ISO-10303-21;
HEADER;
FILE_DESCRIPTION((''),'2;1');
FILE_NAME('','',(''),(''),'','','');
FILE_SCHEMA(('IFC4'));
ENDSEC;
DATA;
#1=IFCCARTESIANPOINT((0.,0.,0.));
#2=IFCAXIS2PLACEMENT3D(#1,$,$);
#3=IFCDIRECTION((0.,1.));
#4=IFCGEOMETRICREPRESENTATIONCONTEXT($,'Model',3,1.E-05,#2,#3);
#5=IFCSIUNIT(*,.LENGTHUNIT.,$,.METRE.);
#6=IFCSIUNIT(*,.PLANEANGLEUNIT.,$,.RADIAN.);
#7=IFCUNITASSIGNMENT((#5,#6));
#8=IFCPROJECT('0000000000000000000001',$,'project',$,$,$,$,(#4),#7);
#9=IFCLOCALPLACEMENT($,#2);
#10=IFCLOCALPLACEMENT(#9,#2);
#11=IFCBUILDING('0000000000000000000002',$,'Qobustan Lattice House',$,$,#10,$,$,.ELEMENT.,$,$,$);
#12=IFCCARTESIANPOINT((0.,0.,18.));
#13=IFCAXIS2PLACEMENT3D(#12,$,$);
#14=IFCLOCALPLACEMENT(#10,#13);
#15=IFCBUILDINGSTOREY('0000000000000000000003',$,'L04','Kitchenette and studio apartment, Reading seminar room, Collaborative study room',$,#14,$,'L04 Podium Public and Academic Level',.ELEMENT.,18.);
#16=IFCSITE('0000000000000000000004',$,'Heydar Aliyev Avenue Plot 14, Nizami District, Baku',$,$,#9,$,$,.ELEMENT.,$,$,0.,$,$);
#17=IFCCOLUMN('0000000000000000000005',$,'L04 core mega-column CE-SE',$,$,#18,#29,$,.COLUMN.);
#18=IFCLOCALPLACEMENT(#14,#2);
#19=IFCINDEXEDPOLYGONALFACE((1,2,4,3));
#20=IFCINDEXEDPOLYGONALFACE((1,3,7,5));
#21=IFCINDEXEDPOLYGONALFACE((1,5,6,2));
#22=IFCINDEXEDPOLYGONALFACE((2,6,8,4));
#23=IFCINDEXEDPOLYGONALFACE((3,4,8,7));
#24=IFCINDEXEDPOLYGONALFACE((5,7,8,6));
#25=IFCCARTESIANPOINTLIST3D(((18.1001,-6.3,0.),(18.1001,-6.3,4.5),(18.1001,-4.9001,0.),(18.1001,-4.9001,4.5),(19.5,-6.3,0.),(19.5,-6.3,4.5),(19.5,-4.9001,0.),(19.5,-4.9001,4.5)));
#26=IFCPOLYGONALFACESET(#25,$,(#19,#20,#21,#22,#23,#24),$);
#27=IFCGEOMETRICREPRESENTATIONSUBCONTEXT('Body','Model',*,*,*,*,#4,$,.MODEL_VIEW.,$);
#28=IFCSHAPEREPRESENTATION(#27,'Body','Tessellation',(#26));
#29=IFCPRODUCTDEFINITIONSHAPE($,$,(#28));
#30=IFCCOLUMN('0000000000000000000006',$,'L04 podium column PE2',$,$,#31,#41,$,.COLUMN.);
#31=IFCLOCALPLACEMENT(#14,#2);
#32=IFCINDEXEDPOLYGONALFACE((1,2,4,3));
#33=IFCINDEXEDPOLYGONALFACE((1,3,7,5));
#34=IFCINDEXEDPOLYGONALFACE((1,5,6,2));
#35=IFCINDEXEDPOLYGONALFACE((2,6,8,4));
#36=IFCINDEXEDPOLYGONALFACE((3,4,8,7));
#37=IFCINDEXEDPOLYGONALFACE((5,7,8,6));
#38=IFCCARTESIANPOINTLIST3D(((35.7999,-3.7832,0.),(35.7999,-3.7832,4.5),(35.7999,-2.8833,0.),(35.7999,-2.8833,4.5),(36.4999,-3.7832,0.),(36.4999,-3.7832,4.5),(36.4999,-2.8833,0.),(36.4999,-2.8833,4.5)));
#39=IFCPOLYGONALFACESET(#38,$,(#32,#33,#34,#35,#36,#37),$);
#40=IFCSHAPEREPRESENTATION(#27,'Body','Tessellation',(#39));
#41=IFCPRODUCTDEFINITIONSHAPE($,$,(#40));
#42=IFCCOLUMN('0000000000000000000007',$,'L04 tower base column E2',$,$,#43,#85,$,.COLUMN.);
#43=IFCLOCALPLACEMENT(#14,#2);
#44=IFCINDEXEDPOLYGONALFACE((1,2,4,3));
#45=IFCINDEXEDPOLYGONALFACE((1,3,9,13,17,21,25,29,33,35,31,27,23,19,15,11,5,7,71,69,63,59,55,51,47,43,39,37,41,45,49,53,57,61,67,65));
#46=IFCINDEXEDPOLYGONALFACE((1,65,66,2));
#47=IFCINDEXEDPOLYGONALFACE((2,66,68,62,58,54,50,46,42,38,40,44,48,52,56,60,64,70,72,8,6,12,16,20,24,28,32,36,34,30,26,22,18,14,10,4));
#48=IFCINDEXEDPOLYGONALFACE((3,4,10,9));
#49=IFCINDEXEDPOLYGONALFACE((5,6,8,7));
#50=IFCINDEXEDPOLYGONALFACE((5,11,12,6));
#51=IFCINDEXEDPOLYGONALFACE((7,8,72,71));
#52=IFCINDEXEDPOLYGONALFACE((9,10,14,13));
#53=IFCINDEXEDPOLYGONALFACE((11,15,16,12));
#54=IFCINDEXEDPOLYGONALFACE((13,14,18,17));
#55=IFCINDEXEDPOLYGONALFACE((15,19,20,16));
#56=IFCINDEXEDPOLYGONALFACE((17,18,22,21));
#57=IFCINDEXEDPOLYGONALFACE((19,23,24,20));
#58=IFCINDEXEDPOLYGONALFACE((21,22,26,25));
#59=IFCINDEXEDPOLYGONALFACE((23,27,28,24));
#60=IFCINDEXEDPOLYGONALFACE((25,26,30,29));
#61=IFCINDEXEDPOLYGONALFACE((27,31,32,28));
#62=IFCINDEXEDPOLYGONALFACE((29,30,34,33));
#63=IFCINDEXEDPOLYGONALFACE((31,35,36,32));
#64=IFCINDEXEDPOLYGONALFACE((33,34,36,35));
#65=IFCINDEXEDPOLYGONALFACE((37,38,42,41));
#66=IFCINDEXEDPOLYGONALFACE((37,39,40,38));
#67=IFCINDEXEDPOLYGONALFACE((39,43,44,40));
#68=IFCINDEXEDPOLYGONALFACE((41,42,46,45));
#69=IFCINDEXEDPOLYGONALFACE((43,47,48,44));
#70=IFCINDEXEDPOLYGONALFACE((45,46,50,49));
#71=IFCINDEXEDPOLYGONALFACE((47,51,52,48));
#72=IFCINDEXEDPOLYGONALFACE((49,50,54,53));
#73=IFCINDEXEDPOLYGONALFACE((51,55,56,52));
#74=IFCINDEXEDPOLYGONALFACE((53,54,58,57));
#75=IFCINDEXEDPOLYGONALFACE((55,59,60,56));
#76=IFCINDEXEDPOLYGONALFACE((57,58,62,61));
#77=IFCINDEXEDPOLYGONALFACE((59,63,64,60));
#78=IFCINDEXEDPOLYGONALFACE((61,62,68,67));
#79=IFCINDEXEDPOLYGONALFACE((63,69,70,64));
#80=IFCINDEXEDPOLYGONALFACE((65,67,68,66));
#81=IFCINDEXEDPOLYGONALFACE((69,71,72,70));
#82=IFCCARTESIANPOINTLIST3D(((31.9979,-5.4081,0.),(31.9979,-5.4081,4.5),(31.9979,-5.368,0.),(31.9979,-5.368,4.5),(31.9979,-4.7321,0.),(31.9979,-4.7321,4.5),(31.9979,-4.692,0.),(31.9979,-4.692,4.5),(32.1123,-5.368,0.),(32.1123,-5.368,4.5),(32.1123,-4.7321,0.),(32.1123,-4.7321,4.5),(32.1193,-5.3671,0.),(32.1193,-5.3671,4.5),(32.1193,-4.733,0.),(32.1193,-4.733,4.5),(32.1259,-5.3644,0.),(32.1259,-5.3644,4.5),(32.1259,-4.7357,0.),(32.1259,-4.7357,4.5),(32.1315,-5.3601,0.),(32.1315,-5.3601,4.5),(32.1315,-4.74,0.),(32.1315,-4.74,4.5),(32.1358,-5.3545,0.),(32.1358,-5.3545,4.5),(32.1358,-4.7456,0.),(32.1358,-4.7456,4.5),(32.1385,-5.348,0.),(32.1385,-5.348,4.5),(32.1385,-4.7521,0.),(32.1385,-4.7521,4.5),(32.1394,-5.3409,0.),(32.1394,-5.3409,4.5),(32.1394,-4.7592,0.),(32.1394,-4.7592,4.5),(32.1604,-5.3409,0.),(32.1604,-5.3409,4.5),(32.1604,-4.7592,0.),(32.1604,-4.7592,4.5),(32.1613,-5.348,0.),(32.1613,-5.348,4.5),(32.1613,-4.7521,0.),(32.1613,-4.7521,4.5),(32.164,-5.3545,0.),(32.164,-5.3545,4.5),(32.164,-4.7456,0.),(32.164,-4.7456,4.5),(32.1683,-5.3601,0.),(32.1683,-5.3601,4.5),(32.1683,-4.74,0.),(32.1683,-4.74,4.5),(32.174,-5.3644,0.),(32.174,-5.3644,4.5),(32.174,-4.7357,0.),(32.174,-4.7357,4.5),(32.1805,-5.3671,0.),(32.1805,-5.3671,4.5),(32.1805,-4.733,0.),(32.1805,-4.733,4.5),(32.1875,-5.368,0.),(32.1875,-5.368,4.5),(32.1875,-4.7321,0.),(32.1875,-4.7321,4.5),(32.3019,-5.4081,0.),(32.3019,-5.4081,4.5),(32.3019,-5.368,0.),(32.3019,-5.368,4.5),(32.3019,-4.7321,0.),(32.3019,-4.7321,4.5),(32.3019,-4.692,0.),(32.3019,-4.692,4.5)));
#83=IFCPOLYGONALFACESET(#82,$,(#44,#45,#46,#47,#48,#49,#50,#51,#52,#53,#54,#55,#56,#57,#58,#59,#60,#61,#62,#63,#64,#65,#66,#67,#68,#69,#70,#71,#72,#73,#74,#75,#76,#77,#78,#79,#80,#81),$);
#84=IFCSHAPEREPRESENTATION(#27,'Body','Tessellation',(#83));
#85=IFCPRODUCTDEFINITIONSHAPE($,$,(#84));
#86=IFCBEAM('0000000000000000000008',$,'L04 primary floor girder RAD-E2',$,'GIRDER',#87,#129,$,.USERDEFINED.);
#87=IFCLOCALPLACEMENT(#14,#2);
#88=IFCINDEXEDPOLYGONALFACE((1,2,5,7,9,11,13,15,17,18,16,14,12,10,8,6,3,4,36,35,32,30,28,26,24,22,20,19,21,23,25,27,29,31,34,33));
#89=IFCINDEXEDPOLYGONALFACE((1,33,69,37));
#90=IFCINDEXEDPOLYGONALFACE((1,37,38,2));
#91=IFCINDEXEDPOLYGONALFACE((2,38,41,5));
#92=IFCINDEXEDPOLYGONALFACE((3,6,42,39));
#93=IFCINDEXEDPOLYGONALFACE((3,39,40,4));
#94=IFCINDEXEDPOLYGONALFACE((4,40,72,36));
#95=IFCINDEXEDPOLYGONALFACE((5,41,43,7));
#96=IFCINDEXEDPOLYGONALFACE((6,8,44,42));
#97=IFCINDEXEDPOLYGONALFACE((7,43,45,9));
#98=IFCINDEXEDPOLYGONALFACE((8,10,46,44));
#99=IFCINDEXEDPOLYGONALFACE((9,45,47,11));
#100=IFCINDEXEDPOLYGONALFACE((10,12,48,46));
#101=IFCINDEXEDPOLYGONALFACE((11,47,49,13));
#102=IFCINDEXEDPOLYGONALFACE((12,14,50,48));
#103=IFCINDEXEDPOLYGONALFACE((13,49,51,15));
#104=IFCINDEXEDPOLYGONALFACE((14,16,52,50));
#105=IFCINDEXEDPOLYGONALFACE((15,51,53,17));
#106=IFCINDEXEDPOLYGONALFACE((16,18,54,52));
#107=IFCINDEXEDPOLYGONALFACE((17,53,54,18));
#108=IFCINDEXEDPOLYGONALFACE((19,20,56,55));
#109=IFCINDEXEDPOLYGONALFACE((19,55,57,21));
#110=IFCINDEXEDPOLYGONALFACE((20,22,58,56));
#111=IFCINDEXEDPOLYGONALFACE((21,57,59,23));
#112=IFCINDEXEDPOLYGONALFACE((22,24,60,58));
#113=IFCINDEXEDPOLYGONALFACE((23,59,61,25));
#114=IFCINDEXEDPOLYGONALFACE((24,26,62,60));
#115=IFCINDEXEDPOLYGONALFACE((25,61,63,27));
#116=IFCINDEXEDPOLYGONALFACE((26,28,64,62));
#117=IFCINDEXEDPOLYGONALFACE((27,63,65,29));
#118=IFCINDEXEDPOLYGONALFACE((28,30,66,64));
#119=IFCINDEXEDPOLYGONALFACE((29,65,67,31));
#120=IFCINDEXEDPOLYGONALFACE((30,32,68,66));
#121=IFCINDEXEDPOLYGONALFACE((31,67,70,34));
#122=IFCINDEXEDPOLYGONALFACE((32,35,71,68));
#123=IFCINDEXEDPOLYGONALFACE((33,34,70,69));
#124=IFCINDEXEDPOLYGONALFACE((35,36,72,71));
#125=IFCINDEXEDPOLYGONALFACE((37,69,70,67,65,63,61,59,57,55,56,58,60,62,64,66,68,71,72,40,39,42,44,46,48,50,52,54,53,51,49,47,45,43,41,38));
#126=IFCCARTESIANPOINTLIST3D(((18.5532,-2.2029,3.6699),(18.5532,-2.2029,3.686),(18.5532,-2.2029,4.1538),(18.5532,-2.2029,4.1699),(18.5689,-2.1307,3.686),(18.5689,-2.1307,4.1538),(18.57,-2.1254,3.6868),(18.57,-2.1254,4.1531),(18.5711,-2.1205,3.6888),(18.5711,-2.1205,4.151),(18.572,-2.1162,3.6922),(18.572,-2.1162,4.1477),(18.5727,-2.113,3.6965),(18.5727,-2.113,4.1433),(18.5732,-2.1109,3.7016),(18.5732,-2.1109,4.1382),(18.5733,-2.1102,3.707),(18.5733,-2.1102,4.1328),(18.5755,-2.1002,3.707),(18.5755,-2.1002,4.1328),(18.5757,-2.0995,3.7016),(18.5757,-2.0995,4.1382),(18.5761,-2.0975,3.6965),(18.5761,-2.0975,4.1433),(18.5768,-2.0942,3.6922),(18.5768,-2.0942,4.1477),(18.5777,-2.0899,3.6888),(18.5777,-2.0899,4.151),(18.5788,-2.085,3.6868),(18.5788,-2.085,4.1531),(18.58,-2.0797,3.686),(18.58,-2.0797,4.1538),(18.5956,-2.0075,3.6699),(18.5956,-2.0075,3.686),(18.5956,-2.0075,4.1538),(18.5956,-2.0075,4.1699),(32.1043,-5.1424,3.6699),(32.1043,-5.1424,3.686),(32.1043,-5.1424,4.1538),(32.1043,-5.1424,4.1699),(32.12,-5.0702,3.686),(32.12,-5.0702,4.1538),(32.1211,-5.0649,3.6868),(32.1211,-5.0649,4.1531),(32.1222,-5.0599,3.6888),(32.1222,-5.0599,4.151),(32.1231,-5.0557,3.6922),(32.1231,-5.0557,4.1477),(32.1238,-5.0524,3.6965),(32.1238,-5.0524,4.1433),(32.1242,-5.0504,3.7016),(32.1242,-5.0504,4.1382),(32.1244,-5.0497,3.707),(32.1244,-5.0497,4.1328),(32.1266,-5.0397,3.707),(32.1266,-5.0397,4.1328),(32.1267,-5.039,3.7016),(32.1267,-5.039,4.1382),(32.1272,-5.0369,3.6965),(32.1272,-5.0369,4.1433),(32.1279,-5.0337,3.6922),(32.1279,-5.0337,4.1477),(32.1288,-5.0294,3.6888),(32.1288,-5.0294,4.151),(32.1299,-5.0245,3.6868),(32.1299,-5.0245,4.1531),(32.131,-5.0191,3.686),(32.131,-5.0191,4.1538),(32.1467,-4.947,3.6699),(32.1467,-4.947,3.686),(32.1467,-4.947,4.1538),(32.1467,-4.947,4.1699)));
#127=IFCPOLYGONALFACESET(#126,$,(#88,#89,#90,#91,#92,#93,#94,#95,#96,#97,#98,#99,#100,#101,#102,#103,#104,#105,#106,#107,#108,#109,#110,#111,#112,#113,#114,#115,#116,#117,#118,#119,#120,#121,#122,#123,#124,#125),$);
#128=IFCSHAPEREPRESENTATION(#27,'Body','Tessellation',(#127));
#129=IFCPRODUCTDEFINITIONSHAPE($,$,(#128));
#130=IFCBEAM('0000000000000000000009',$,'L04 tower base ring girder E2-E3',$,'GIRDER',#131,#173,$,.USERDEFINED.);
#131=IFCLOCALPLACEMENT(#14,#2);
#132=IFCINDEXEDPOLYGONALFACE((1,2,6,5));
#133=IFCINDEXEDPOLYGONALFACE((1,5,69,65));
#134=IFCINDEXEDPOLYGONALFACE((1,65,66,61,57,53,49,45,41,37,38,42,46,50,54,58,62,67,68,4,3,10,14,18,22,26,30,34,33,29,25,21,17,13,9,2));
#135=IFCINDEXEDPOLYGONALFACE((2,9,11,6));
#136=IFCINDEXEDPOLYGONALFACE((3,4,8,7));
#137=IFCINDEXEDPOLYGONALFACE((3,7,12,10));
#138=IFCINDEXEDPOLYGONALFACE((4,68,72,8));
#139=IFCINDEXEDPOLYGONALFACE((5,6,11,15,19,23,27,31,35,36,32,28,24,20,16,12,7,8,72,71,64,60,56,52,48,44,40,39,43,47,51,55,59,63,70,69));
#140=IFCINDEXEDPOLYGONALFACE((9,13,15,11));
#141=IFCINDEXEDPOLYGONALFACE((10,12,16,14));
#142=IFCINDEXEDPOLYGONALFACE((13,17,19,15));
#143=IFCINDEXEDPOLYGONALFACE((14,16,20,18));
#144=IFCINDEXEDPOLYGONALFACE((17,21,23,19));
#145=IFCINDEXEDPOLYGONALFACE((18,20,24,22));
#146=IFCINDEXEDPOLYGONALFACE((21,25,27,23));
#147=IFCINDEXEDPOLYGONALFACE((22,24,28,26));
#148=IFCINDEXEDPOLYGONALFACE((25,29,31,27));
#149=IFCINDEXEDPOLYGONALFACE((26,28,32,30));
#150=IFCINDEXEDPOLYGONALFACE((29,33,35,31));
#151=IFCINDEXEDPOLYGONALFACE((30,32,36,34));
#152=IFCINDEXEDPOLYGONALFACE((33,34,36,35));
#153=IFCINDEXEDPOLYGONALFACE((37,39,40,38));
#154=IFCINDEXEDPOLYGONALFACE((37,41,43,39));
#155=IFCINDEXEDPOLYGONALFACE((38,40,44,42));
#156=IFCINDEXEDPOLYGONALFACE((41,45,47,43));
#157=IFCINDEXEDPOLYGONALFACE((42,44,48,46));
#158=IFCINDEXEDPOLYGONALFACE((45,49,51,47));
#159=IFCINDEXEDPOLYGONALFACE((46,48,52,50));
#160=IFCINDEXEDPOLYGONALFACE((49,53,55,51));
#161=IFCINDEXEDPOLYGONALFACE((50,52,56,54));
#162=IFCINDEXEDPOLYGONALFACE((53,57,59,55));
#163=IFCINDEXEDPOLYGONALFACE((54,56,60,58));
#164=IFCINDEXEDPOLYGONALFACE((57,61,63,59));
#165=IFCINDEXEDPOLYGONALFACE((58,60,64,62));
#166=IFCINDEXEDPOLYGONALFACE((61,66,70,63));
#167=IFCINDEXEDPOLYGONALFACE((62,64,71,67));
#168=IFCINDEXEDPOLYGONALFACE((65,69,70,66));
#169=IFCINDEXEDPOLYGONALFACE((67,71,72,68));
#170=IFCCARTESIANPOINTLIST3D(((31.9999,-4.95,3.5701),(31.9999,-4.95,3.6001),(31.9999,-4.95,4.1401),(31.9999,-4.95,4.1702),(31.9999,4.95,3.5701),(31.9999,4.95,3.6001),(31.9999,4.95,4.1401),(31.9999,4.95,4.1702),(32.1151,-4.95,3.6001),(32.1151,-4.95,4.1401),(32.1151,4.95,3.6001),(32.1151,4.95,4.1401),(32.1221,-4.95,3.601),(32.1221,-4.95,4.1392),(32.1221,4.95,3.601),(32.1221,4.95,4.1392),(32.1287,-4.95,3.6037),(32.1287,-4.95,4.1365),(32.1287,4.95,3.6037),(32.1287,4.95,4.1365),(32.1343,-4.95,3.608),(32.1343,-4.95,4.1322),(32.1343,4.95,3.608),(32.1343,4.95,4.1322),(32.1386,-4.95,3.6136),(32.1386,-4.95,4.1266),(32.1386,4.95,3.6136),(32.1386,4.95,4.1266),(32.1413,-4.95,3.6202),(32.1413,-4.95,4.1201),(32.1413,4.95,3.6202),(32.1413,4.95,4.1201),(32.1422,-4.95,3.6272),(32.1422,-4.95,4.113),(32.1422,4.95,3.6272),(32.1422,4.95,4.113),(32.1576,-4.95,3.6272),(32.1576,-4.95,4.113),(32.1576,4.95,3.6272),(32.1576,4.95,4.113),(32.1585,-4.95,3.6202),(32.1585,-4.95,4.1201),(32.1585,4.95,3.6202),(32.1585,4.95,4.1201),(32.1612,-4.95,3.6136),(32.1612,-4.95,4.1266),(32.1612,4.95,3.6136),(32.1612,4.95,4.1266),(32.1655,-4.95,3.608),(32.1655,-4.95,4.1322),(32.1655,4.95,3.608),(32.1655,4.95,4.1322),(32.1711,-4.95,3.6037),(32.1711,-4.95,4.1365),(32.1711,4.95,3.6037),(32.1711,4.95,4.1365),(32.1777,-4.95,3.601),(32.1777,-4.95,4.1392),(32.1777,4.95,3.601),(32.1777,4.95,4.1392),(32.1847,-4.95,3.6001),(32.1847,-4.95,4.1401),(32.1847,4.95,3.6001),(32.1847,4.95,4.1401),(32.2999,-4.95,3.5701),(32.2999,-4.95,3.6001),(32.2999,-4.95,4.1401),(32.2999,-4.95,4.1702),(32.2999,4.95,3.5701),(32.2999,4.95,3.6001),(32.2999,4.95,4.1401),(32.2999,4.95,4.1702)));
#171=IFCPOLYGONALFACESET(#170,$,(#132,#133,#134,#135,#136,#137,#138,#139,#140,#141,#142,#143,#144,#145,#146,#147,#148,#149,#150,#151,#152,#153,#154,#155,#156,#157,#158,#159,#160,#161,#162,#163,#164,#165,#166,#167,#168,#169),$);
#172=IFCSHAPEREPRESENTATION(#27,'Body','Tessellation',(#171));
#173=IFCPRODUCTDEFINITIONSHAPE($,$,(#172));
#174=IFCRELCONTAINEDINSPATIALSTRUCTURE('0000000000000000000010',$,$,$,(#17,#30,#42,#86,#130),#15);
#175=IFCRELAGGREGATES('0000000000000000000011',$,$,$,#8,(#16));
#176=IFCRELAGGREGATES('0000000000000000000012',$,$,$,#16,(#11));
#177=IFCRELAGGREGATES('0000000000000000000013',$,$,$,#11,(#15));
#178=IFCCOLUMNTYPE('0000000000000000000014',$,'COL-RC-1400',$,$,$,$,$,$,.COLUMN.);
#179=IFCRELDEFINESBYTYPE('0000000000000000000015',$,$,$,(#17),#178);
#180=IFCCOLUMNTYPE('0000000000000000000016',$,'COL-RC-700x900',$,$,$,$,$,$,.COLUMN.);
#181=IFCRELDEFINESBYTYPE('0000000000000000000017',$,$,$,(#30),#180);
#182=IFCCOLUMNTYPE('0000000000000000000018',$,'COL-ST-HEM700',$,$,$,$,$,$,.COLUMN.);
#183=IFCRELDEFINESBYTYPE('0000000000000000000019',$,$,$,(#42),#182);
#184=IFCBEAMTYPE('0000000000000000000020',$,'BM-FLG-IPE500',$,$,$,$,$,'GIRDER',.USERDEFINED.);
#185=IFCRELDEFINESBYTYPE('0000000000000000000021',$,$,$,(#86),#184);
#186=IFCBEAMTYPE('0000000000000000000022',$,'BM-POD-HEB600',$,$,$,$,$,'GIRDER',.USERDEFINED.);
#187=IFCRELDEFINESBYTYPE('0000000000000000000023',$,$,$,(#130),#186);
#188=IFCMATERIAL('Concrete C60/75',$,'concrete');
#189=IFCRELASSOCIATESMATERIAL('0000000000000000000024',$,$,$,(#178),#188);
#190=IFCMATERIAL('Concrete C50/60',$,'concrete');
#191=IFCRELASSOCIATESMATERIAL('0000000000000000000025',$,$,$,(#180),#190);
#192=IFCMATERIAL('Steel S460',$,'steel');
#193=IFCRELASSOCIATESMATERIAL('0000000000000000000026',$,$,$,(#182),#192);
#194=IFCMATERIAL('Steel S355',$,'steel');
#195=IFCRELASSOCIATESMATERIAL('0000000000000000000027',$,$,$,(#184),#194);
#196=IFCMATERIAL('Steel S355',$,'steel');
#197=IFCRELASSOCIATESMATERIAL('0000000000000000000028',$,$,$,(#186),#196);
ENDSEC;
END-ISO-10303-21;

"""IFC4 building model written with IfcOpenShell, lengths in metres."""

from ifc_helpers import new_model, si_unit, direction, frame, origin, origin_2d, place, context, subcontext, project, spatial, rectangle, i_section, extrude, material, material_profile, profile_set, type_object, element, save


model = new_model("IFC4")

# Units and contexts
model_context = context("Model", 3, precision=1e-05, world=origin(), true_north=direction((0.0, 1.0)))
body_context = subcontext(model_context, "Body", "Model", "MODEL_VIEW")
ifc_project = project(units=[si_unit("LENGTHUNIT", "METRE"), si_unit("PLANEANGLEUNIT", "RADIAN")], contexts=[model_context])

# Site, building, storey
site_placement = place(None, origin())
site = spatial("IfcSite", under=ifc_project, at=site_placement, Name="Heydar Aliyev Avenue Plot 14, Nizami District, Baku", CompositionType="ELEMENT", RefElevation=0.0)
building_placement = place(site_placement, origin())
building = spatial("IfcBuilding", under=site, at=building_placement, Name="Qobustan Lattice House", CompositionType="ELEMENT")
storey_placement = place(building_placement, frame((0.0, 0.0, 18.0)))
storey = spatial("IfcBuildingStorey", under=building, at=storey_placement, Name="L04", Description="Kitchenette and studio apartment, Reading seminar room, Collaborative study room", LongName="L04 Podium Public and Academic Level", CompositionType="ELEMENT", Elevation=18.0)

# Columns
ifc_material_1 = material(Name="Concrete C60/75", Category="concrete")
ifc_material_profile_1 = material_profile(ifc_material_1, rectangle(XDim=1.3999, YDim=1.3999, at=origin_2d()), Name="RC1400x1400")
ifc_profile_set_1 = profile_set([ifc_material_profile_1], Name="Concrete C60/75")
column_type_1 = type_object("IfcColumnType", Name="COL-RC-1400", PredefinedType="COLUMN", material=ifc_profile_set_1)
column_1_placement = place(storey_placement, frame((18.8, -5.6001, 0.0), z_axis=(0.0, 0.0, 1.0), x_axis=(1.0, 0.0, 0.0)))
element("IfcColumn", 1, at=column_1_placement, inside=storey, type_object=column_type_1, Name="L04 core mega-column CE-SE", PredefinedType="COLUMN", context=body_context, shape_type="SweptSolid", body=[
    extrude(rectangle(XDim=1.3999, YDim=1.3999, at=origin_2d()), origin(), (0.0, 0.0, 1.0), 4.5),
])
ifc_material_2 = material(Name="Concrete C50/60", Category="concrete")
ifc_material_profile_2 = material_profile(ifc_material_2, rectangle(XDim=0.7, YDim=0.8999, at=origin_2d()), Name="RC700x900")
ifc_profile_set_2 = profile_set([ifc_material_profile_2], Name="Concrete C50/60")
column_type_2 = type_object("IfcColumnType", Name="COL-RC-700x900", PredefinedType="COLUMN", material=ifc_profile_set_2)
column_2_placement = place(storey_placement, frame((36.1499, -3.3333, 0.0), z_axis=(0.0, 0.0, 1.0), x_axis=(1.0, 0.0, 0.0)))
element("IfcColumn", 2, at=column_2_placement, inside=storey, type_object=column_type_2, Name="L04 podium column PE2", PredefinedType="COLUMN", context=body_context, shape_type="SweptSolid", body=[
    extrude(rectangle(XDim=0.7, YDim=0.8999, at=origin_2d()), origin(), (0.0, 0.0, 1.0), 4.5),
])
ifc_material_3 = material(Name="Steel S460", Category="steel")
ifc_material_profile_3 = material_profile(ifc_material_3, i_section(OverallWidth=0.304, OverallDepth=0.7161, WebThickness=0.021, FlangeThickness=0.04, FilletRadius=0.0271, at=origin_2d()), Name="HEM700")
ifc_profile_set_3 = profile_set([ifc_material_profile_3], Name="Steel S460")
column_type_3 = type_object("IfcColumnType", Name="COL-ST-HEM700", PredefinedType="COLUMN", material=ifc_profile_set_3)
column_3_placement = place(storey_placement, frame((32.1499, -5.05, 0.0), z_axis=(0.0, 0.0, 1.0), x_axis=(1.0, 0.0, 0.0)))
element("IfcColumn", 3, at=column_3_placement, inside=storey, type_object=column_type_3, Name="L04 tower base column E2", PredefinedType="COLUMN", context=body_context, shape_type="SweptSolid", body=[
    extrude(i_section(OverallWidth=0.304, OverallDepth=0.7161, WebThickness=0.021, FlangeThickness=0.04, FilletRadius=0.0271, at=origin_2d()), origin(), (0.0, 0.0, 1.0), 4.5),
])

# Beams
ifc_material_4 = material(Name="Steel S355", Category="steel")
ifc_material_profile_4 = material_profile(ifc_material_4, i_section(OverallWidth=0.2, OverallDepth=0.5, WebThickness=0.0103, FlangeThickness=0.0161, FilletRadius=0.021, at=origin_2d()), Name="IPE500")
ifc_profile_set_4 = profile_set([ifc_material_profile_4], Name="Steel S355")
beam_type_1 = type_object("IfcBeamType", Name="BM-FLG-IPE500", ElementType="GIRDER", PredefinedType="USERDEFINED", material=ifc_profile_set_4)
beam_1_placement = place(storey_placement, frame((32.1255, -5.0447, 3.9199), z_axis=(-0.977272, 0.211987, 0.0), x_axis=(-0.211987, -0.977272, 0.0)))
element("IfcBeam", 4, at=beam_1_placement, inside=storey, type_object=beam_type_1, Name="L04 primary floor girder RAD-E2", ObjectType="GIRDER", PredefinedType="USERDEFINED", context=body_context, shape_type="SweptSolid", body=[
    extrude(i_section(OverallWidth=0.2, OverallDepth=0.5, WebThickness=0.0103, FlangeThickness=0.0161, FilletRadius=0.021, at=origin_2d()), origin(), (0.0, 0.0, 1.0), 13.8662),
])
ifc_material_5 = material(Name="Steel S355", Category="steel")
ifc_material_profile_5 = material_profile(ifc_material_5, i_section(OverallWidth=0.3, OverallDepth=0.6001, WebThickness=0.0154, FlangeThickness=0.03, FilletRadius=0.0271, at=origin_2d()), Name="HEB600")
ifc_profile_set_5 = profile_set([ifc_material_profile_5], Name="Steel S355")
beam_type_2 = type_object("IfcBeamType", Name="BM-POD-HEB600", ElementType="GIRDER", PredefinedType="USERDEFINED", material=ifc_profile_set_5)
beam_2_placement = place(storey_placement, frame((32.1499, -4.95, 3.8701), z_axis=(0.0, 1.0, 0.0), x_axis=(-1.0, 0.0, 0.0)))
element("IfcBeam", 5, at=beam_2_placement, inside=storey, type_object=beam_type_2, Name="L04 tower base ring girder E2-E3", ObjectType="GIRDER", PredefinedType="USERDEFINED", context=body_context, shape_type="SweptSolid", body=[
    extrude(i_section(OverallWidth=0.3, OverallDepth=0.6001, WebThickness=0.0154, FlangeThickness=0.03, FilletRadius=0.0271, at=origin_2d()), origin(), (0.0, 0.0, 1.0), 9.8999),
])

save(model, "model.ifc")
